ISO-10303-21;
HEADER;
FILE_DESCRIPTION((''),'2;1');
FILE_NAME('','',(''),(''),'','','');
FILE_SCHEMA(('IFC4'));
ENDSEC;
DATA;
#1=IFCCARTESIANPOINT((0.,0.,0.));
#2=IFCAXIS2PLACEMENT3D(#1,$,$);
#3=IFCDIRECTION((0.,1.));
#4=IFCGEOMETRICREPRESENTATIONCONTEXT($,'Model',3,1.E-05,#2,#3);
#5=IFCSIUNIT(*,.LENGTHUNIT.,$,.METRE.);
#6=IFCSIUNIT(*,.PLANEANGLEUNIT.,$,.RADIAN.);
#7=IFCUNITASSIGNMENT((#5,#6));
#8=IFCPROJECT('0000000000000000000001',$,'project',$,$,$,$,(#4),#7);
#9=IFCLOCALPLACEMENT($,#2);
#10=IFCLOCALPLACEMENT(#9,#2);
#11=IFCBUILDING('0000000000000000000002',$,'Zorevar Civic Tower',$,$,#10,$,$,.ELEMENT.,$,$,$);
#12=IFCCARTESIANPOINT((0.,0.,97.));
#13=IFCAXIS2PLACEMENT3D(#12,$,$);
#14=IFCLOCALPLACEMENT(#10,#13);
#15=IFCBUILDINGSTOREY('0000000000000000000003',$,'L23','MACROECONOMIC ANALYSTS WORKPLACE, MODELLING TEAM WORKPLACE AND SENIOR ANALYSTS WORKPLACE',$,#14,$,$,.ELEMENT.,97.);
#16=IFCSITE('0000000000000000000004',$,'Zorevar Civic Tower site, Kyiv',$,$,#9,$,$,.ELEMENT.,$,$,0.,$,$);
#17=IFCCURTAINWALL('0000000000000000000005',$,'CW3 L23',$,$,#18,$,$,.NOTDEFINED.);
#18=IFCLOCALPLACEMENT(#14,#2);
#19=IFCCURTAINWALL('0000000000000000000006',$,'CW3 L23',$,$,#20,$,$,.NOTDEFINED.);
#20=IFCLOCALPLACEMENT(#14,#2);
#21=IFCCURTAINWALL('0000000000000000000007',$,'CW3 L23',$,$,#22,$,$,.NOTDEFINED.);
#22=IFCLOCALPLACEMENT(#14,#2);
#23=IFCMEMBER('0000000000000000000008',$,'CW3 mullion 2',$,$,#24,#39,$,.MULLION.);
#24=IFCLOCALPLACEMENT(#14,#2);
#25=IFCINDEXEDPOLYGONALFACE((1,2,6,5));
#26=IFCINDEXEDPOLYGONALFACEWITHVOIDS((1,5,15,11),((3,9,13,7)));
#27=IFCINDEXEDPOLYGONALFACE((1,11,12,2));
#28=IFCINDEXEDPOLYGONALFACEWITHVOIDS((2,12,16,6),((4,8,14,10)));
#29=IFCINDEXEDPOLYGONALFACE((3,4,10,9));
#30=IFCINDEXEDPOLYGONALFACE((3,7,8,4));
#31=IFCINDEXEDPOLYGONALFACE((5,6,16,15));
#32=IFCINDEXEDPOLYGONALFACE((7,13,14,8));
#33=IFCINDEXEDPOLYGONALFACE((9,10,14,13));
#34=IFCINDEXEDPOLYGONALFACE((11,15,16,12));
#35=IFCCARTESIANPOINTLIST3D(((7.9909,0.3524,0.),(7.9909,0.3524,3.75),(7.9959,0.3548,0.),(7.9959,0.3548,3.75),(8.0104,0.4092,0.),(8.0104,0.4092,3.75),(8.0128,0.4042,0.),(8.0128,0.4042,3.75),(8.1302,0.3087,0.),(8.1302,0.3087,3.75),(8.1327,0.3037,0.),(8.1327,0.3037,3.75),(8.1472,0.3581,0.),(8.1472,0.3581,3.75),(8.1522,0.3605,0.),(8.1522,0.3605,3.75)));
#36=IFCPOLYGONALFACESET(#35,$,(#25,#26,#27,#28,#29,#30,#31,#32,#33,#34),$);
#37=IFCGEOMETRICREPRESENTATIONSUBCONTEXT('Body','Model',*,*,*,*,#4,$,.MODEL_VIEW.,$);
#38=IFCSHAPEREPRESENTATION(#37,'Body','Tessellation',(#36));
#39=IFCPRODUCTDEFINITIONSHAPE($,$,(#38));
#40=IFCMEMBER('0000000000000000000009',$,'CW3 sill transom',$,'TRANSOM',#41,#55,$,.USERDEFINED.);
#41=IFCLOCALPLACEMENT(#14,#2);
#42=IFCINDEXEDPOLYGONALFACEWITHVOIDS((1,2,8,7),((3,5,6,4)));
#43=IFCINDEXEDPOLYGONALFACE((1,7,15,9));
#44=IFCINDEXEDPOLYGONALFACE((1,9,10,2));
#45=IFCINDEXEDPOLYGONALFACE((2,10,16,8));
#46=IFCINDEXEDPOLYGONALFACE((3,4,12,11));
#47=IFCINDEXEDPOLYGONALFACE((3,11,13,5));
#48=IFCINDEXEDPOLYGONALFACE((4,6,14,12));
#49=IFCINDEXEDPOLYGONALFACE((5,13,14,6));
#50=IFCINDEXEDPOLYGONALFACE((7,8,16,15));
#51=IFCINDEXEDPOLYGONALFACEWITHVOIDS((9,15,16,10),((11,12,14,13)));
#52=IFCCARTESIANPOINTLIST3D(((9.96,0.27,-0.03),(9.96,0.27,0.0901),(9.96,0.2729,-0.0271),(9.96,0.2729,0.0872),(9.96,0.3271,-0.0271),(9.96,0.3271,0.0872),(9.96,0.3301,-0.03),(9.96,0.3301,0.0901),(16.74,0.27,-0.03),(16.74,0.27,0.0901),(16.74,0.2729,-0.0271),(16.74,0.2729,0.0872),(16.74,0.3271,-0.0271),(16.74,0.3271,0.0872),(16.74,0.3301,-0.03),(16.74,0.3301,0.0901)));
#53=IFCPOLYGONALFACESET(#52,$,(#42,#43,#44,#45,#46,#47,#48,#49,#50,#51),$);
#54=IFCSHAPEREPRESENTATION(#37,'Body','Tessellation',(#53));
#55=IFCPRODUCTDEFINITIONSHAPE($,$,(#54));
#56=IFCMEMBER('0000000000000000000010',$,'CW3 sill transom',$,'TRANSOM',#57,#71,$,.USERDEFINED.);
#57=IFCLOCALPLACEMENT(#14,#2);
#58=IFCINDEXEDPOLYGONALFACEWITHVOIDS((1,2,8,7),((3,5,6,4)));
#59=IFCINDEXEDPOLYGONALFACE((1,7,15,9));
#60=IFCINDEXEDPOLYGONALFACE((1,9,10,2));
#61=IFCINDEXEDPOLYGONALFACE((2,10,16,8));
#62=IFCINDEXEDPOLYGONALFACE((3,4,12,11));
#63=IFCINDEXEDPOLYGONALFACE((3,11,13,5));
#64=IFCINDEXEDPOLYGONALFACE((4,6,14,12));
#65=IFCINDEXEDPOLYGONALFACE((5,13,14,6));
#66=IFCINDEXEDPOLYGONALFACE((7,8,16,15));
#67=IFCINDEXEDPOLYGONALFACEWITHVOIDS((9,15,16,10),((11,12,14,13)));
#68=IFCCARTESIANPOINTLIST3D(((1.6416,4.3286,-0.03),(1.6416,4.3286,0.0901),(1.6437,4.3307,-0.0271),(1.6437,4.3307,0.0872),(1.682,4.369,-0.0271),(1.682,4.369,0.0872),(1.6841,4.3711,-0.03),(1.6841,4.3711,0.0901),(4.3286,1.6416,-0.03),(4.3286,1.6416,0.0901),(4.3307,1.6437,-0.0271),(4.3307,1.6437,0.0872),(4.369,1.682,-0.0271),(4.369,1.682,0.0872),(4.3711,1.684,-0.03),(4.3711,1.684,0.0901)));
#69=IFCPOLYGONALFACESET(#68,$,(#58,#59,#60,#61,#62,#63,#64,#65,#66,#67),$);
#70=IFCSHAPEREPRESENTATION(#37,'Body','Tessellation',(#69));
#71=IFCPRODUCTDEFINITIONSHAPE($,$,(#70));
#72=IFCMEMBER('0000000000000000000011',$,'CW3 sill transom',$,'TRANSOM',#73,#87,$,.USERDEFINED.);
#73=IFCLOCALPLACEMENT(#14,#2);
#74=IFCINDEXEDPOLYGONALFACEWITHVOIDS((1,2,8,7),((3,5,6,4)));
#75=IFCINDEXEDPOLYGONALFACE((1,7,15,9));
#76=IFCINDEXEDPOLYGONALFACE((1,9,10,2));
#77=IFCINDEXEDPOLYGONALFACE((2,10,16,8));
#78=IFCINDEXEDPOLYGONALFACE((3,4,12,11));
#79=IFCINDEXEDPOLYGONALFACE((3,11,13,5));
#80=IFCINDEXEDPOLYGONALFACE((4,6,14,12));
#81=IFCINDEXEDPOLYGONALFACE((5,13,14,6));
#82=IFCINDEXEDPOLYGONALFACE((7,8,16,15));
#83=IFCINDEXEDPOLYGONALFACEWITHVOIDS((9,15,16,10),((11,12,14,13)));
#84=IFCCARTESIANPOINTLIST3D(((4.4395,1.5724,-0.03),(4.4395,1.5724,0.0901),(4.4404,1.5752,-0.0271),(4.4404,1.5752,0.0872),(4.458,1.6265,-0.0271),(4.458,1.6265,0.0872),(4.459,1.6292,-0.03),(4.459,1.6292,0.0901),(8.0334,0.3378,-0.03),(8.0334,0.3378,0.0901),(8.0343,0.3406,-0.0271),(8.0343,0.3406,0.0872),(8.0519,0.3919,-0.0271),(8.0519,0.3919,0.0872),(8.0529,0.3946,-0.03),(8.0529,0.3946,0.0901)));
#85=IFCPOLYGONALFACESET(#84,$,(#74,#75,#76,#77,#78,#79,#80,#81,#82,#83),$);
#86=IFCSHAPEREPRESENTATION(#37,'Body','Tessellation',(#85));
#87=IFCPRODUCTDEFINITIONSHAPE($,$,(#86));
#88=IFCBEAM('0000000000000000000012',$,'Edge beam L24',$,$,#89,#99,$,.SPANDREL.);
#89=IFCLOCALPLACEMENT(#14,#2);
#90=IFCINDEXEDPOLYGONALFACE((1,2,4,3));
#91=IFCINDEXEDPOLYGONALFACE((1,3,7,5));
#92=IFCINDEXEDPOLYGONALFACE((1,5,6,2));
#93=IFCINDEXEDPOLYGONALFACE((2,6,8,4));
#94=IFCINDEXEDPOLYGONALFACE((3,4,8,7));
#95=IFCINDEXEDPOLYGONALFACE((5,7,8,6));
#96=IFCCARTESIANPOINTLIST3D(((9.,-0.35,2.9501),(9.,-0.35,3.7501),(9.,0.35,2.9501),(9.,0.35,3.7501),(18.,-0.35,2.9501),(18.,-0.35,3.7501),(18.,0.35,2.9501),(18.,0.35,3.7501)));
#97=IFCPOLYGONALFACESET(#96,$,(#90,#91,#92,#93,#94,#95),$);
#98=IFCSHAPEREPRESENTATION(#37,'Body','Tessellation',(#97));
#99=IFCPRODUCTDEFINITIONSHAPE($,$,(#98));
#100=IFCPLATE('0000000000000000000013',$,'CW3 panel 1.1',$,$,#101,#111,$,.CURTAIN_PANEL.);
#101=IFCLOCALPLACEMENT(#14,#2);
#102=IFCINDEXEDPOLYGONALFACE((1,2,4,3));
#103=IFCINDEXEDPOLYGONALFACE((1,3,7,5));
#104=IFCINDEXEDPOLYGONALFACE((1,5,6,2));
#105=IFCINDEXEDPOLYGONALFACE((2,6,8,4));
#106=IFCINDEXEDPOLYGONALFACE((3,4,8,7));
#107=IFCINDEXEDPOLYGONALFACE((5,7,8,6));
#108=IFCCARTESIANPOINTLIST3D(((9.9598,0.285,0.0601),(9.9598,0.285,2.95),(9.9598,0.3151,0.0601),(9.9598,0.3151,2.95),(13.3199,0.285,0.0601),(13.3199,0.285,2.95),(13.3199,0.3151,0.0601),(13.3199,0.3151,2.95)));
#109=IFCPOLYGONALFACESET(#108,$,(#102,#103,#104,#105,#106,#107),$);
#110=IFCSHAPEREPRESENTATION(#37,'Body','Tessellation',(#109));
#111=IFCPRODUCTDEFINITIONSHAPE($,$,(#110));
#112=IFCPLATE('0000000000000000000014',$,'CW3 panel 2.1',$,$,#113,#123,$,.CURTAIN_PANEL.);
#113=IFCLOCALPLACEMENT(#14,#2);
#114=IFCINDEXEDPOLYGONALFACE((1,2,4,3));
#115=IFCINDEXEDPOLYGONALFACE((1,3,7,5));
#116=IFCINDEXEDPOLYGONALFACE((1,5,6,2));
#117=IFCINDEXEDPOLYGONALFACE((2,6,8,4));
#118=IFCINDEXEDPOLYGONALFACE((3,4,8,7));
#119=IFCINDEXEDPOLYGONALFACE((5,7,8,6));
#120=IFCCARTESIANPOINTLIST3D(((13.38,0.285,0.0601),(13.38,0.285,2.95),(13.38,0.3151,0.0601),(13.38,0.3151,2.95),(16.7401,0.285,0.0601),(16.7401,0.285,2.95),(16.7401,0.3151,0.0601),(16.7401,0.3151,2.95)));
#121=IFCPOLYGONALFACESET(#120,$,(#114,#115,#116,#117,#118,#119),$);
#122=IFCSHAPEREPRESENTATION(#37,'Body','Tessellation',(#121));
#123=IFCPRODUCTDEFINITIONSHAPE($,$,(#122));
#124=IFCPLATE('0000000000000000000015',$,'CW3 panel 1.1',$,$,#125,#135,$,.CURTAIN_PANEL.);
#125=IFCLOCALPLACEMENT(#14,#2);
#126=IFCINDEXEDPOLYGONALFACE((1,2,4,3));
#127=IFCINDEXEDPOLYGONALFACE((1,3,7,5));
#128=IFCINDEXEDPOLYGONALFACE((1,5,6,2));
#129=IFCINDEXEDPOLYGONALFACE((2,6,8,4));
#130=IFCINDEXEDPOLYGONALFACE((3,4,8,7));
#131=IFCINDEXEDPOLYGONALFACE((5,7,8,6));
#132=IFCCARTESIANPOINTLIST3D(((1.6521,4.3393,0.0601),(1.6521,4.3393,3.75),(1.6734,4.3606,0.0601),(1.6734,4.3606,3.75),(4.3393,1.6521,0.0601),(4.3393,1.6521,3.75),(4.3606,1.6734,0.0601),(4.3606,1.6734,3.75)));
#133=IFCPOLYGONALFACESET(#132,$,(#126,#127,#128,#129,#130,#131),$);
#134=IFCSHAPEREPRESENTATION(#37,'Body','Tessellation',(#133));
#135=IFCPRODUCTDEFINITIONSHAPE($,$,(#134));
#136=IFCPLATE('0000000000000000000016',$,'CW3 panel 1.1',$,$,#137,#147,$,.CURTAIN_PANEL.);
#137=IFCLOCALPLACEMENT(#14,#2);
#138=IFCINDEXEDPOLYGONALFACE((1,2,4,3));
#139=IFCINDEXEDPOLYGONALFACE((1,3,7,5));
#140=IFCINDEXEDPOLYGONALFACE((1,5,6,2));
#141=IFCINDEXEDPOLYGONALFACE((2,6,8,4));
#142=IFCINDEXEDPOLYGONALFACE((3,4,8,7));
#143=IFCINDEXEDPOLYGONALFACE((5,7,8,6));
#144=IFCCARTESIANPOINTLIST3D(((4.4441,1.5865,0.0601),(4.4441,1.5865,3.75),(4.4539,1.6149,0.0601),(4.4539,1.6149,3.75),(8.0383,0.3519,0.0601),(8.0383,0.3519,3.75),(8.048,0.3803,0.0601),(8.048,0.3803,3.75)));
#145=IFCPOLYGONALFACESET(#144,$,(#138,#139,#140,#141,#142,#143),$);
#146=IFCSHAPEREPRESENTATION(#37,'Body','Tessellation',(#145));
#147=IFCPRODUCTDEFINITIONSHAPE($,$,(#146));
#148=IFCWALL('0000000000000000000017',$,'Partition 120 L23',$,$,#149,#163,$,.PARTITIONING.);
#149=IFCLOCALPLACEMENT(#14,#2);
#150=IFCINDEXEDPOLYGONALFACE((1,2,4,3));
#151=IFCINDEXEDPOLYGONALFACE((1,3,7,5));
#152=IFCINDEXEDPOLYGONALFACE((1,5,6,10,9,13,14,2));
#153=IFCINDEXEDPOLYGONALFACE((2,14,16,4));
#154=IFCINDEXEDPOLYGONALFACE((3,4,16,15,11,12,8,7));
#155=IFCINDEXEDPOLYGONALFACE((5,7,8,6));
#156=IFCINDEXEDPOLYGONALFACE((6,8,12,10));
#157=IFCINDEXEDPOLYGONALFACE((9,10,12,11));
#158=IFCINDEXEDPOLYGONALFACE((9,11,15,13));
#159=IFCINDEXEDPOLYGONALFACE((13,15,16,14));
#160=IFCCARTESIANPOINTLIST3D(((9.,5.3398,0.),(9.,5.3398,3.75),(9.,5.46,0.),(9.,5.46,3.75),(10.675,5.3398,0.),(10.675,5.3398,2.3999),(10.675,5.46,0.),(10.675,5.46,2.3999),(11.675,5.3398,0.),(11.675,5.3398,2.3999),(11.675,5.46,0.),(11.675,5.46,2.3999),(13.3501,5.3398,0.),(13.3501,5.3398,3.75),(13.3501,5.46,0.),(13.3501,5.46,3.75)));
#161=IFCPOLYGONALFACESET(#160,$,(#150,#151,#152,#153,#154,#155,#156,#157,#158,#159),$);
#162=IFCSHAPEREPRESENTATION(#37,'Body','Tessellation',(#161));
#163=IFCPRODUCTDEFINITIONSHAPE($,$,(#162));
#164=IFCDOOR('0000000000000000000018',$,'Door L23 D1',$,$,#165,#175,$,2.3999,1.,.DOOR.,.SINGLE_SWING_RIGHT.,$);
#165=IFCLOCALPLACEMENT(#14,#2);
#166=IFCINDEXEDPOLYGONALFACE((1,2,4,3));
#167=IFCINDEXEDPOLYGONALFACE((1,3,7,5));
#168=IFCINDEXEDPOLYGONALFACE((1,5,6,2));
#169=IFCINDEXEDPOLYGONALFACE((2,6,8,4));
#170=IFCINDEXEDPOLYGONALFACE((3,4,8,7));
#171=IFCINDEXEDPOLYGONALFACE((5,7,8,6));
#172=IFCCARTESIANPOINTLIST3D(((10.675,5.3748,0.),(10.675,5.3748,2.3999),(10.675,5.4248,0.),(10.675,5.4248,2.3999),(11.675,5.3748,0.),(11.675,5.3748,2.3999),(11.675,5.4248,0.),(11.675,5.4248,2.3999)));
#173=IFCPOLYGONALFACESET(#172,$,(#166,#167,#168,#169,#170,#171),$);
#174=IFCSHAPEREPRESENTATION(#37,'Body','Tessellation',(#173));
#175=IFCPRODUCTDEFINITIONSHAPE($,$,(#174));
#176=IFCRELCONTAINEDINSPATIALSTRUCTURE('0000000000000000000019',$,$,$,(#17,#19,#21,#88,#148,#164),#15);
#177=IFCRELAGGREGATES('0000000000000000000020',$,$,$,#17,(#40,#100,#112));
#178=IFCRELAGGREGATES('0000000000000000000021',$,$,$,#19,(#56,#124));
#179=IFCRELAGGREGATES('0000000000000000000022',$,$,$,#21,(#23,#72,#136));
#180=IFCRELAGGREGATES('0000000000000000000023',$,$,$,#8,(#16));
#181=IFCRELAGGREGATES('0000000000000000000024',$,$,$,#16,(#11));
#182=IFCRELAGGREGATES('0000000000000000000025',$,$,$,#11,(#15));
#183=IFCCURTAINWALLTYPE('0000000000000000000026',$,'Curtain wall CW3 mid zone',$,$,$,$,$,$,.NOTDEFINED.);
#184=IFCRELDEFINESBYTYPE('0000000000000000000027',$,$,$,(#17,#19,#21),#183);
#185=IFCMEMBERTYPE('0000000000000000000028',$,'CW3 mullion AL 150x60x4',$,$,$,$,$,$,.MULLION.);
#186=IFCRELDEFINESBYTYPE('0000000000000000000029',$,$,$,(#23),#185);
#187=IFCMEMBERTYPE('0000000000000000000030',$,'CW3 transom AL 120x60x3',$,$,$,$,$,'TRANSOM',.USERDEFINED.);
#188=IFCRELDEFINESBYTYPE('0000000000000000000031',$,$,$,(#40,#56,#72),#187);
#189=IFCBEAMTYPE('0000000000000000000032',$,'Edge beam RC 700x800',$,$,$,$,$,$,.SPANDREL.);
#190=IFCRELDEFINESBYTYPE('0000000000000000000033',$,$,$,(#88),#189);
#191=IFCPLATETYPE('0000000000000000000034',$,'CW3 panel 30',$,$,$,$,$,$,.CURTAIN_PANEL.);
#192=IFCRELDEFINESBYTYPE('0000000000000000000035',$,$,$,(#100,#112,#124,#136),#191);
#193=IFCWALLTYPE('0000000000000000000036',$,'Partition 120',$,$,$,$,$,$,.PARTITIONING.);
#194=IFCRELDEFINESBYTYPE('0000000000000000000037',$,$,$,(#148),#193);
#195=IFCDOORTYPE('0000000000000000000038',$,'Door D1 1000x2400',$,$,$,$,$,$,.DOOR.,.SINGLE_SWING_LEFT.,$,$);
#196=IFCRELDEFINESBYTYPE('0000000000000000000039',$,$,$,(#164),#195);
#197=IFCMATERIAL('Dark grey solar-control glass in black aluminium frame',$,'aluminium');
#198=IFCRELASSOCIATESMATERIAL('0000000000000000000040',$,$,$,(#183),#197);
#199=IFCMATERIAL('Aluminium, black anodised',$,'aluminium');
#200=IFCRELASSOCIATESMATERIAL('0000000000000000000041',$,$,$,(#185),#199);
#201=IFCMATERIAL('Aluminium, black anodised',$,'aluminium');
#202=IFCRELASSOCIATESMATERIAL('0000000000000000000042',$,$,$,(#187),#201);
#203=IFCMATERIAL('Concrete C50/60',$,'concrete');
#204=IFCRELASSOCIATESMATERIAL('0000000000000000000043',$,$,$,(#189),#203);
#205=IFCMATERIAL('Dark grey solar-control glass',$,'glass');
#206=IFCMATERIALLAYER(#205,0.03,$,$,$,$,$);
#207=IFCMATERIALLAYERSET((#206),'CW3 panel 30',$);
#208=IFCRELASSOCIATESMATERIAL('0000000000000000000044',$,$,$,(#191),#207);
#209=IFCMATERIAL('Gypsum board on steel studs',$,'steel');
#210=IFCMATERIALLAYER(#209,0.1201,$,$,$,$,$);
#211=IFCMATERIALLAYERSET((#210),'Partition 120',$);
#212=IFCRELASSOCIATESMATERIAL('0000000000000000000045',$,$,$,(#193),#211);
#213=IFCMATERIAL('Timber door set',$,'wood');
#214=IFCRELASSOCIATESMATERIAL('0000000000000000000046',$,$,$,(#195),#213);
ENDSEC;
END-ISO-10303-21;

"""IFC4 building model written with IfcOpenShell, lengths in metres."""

from ifc_helpers import new_model, si_unit, direction, frame, frame_2d, origin, origin_2d, place, context, subcontext, project, spatial, rectangle, hollow_rectangle, extrude, material, layer, layer_set, material_profile, profile_set, type_object, element, fill, aggregate, save


model = new_model("IFC4")

# Units and contexts
model_context = context("Model", 3, precision=1e-05, world=origin(), true_north=direction((0.0, 1.0)))
body_context = subcontext(model_context, "Body", "Model", "MODEL_VIEW")
ifc_project = project(units=[si_unit("LENGTHUNIT", "METRE"), si_unit("PLANEANGLEUNIT", "RADIAN")], contexts=[model_context])

# Site, building, storey
site_placement = place(None, origin())
site = spatial("IfcSite", under=ifc_project, at=site_placement, Name="Zorevar Civic Tower site, Kyiv", CompositionType="ELEMENT", RefElevation=0.0)
building_placement = place(site_placement, origin())
building = spatial("IfcBuilding", under=site, at=building_placement, Name="Zorevar Civic Tower", CompositionType="ELEMENT")
storey_placement = place(building_placement, frame((0.0, 0.0, 97.0)))
storey = spatial("IfcBuildingStorey", under=building, at=storey_placement, Name="L23", Description="MACROECONOMIC ANALYSTS WORKPLACE, MODELLING TEAM WORKPLACE AND SENIOR ANALYSTS WORKPLACE", CompositionType="ELEMENT", Elevation=97.0)

# Curtain walls, member
ifc_material_1 = material(Name="Dark grey solar-control glass in black aluminium frame", Category="aluminium")
curtain_wall_type = type_object("IfcCurtainWallType", Name="Curtain wall CW3 mid zone", PredefinedType="NOTDEFINED", material=ifc_material_1)
curtain_wall_1_placement = place(storey_placement, origin())
curtain_wall_1 = element("IfcCurtainWall", 1, at=curtain_wall_1_placement, inside=storey, type_object=curtain_wall_type, Name="CW3 L23", PredefinedType="NOTDEFINED")
ifc_material_2 = material(Name="Aluminium, black anodised", Category="aluminium")
ifc_material_profile_1 = material_profile(ifc_material_2, hollow_rectangle(XDim=0.0601, YDim=0.1499, WallThickness=0.0039, at=origin_2d()), Name="AL 150x60x4")
ifc_profile_set_1 = profile_set([ifc_material_profile_1], Name="Aluminium, black anodised")
member_type_1 = type_object("IfcMemberType", Name="CW3 mullion AL 150x60x4", PredefinedType="MULLION", material=ifc_profile_set_1)
curtain_wall_2_placement = place(storey_placement, origin())
curtain_wall_2 = element("IfcCurtainWall", 2, at=curtain_wall_2_placement, inside=storey, type_object=curtain_wall_type, Name="CW3 L23", PredefinedType="NOTDEFINED")
curtain_wall_3_placement = place(storey_placement, origin())
curtain_wall_3 = element("IfcCurtainWall", 3, at=curtain_wall_3_placement, inside=storey, type_object=curtain_wall_type, Name="CW3 L23", PredefinedType="NOTDEFINED")
member_1_placement = place(storey_placement, frame((8.0715, 0.3564, 0.0), z_axis=(0.0, 0.0, 1.0), x_axis=(0.324878, 0.945756, 0.0)))
member_1 = element("IfcMember", 4, at=member_1_placement, type_object=member_type_1, Name="CW3 mullion 2", PredefinedType="MULLION", context=body_context, shape_type="SweptSolid", body=[
    extrude(hollow_rectangle(XDim=0.0601, YDim=0.1499, WallThickness=0.0039, at=origin_2d()), origin(), (0.0, 0.0, 1.0), 3.75),
])

# Members
ifc_material_3 = material(Name="Aluminium, black anodised", Category="aluminium")
ifc_material_profile_2 = material_profile(ifc_material_3, hollow_rectangle(XDim=0.0601, YDim=0.1201, WallThickness=0.0029, at=origin_2d()), Name="AL 120x60x3")
ifc_profile_set_2 = profile_set([ifc_material_profile_2], Name="Aluminium, black anodised")
member_type_2 = type_object("IfcMemberType", Name="CW3 transom AL 120x60x3", ElementType="TRANSOM", PredefinedType="USERDEFINED", material=ifc_profile_set_2)
member_2_placement = place(storey_placement, frame((9.96, 0.3, 0.03), z_axis=(1.0, 0.0, 0.0), x_axis=(0.0, 1.0, 0.0)))
member_2 = element("IfcMember", 5, at=member_2_placement, type_object=member_type_2, Name="CW3 sill transom", ObjectType="TRANSOM", PredefinedType="USERDEFINED", context=body_context, shape_type="SweptSolid", body=[
    extrude(hollow_rectangle(XDim=0.0601, YDim=0.1201, WallThickness=0.0029, at=origin_2d()), origin(), (0.0, 0.0, 1.0), 6.78),
])
member_3_placement = place(storey_placement, frame((1.6628, 4.3499, 0.03), z_axis=(0.707107, -0.707107, 0.0), x_axis=(0.707107, 0.707107, 0.0)))
member_3 = element("IfcMember", 6, at=member_3_placement, type_object=member_type_2, Name="CW3 sill transom", ObjectType="TRANSOM", PredefinedType="USERDEFINED", context=body_context, shape_type="SweptSolid", body=[
    extrude(hollow_rectangle(XDim=0.0601, YDim=0.1201, WallThickness=0.0029, at=origin_2d()), origin(), (0.0, 0.0, 1.0), 3.8),
])
member_4_placement = place(storey_placement, frame((4.4492, 1.6008, 0.03), z_axis=(0.945753, -0.324888, 0.0), x_axis=(0.324888, 0.945753, 0.0)))
member_4 = element("IfcMember", 7, at=member_4_placement, type_object=member_type_2, Name="CW3 sill transom", ObjectType="TRANSOM", PredefinedType="USERDEFINED", context=body_context, shape_type="SweptSolid", body=[
    extrude(hollow_rectangle(XDim=0.0601, YDim=0.1201, WallThickness=0.0029, at=origin_2d()), origin(), (0.0, 0.0, 1.0), 3.8),
])

# Beam
ifc_material_4 = material(Name="Concrete C50/60", Category="concrete")
ifc_material_profile_3 = material_profile(ifc_material_4, rectangle(XDim=0.7, YDim=0.8, at=origin_2d()), Name="RC 700x800")
ifc_profile_set_3 = profile_set([ifc_material_profile_3], Name="Concrete C50/60")
beam_type_1 = type_object("IfcBeamType", Name="Edge beam RC 700x800", PredefinedType="SPANDREL", material=ifc_profile_set_3)
beam_1_placement = place(storey_placement, frame((9.0, 0.0, 3.3501), z_axis=(1.0, 0.0, 0.0), x_axis=(0.0, 1.0, 0.0)))
element("IfcBeam", 8, at=beam_1_placement, inside=storey, type_object=beam_type_1, Name="Edge beam L24", PredefinedType="SPANDREL", context=body_context, shape_type="SweptSolid", body=[
    extrude(rectangle(XDim=0.7, YDim=0.8, at=origin_2d()), origin(), (0.0, 0.0, 1.0), 9.0),
])

# Plates
ifc_material_5 = material(Name="Dark grey solar-control glass", Category="glass")
ifc_layer_1 = layer(ifc_material_5, 0.03)
ifc_layer_set_1 = layer_set([ifc_layer_1], Name="CW3 panel 30")
plate_type = type_object("IfcPlateType", Name="CW3 panel 30", PredefinedType="CURTAIN_PANEL", material=ifc_layer_set_1)
plate_1_placement = place(storey_placement, frame((11.6399, 0.3, 0.0601), z_axis=(0.0, 0.0, 1.0), x_axis=(1.0, 0.0, 0.0)))
plate_1 = element("IfcPlate", 9, at=plate_1_placement, type_object=plate_type, Name="CW3 panel 1.1", PredefinedType="CURTAIN_PANEL", context=body_context, shape_type="SweptSolid", body=[
    extrude(rectangle(XDim=3.3601, YDim=0.03, at=origin_2d()), origin(), (0.0, 0.0, 1.0), 2.8899),
])
plate_2_placement = place(storey_placement, frame((15.0601, 0.3, 0.0601), z_axis=(0.0, 0.0, 1.0), x_axis=(1.0, 0.0, 0.0)))
plate_2 = element("IfcPlate", 10, at=plate_2_placement, type_object=plate_type, Name="CW3 panel 2.1", PredefinedType="CURTAIN_PANEL", context=body_context, shape_type="SweptSolid", body=[
    extrude(rectangle(XDim=3.3601, YDim=0.03, at=origin_2d()), origin(), (0.0, 0.0, 1.0), 2.8899),
])
aggregate(curtain_wall_1, [member_2, plate_1, plate_2])
plate_3_placement = place(storey_placement, frame((3.0063, 3.0063, 0.0601), z_axis=(0.0, 0.0, 1.0), x_axis=(0.707107, -0.707107, 0.0)))
plate_3 = element("IfcPlate", 11, at=plate_3_placement, type_object=plate_type, Name="CW3 panel 1.1", PredefinedType="CURTAIN_PANEL", context=body_context, shape_type="SweptSolid", body=[
    extrude(rectangle(XDim=3.8003, YDim=0.03, at=origin_2d()), origin(), (0.0, 0.0, 1.0), 3.6899),
])
aggregate(curtain_wall_2, [member_3, plate_3])
plate_4_placement = place(storey_placement, frame((6.2461, 0.9834, 0.0601), z_axis=(0.0, 0.0, 1.0), x_axis=(0.945756, -0.324878, 0.0)))
plate_4 = element("IfcPlate", 12, at=plate_4_placement, type_object=plate_type, Name="CW3 panel 1.1", PredefinedType="CURTAIN_PANEL", context=body_context, shape_type="SweptSolid", body=[
    extrude(rectangle(XDim=3.8003, YDim=0.03, at=origin_2d()), origin(), (0.0, 0.0, 1.0), 3.6899),
])
aggregate(curtain_wall_3, [member_1, member_4, plate_4])

# Wall, opening, door
ifc_material_6 = material(Name="Gypsum board on steel studs", Category="steel")
ifc_layer_2 = layer(ifc_material_6, 0.1201)
ifc_layer_set_2 = layer_set([ifc_layer_2], Name="Partition 120")
wall_type = type_object("IfcWallType", Name="Partition 120", PredefinedType="PARTITIONING", material=ifc_layer_set_2)
wall_1_placement = place(storey_placement, frame((9.0, 5.3999, 0.0), z_axis=(0.0, 0.0, 1.0), x_axis=(1.0, 0.0, 0.0)))
wall_1 = element("IfcWall", 13, at=wall_1_placement, inside=storey, type_object=wall_type, Name="Partition 120 L23", PredefinedType="PARTITIONING", context=body_context, shape_type="SweptSolid", body=[
    extrude(rectangle(XDim=4.3501, YDim=0.1201, at=frame_2d((2.175, 0.0))), origin(), (0.0, 0.0, 1.0), 3.75),
])
opening_1_placement = place(wall_1_placement, frame((1.675, 0.0, 0.0)))
opening_1 = element("IfcOpeningElement", 14, at=opening_1_placement, cuts=wall_1, PredefinedType="OPENING", context=body_context, shape_type="SweptSolid", body=[
    extrude(rectangle(XDim=1.0, YDim=2.3999, at=frame_2d((0.5, 1.2))), frame((0.0, 0.0701, 0.0), z_axis=(0.0, -1.0, 0.0), x_axis=(1.0, 0.0, 0.0)), (0.0, 0.0, 1.0), 0.1401),
])
ifc_material_7 = material(Name="Timber door set", Category="wood")
door_type = type_object("IfcDoorType", Name="Door D1 1000x2400", OperationType="SINGLE_SWING_LEFT", PredefinedType="DOOR", material=ifc_material_7)
door_1_placement = place(opening_1_placement, origin())
door_1 = element("IfcDoor", 15, at=door_1_placement, inside=storey, type_object=door_type, Name="Door L23 D1", OperationType="SINGLE_SWING_RIGHT", OverallHeight=2.3999, OverallWidth=1.0, PredefinedType="DOOR", context=body_context, shape_type="SweptSolid", body=[
    extrude(rectangle(XDim=1.0, YDim=2.3999, at=frame_2d((0.5, 1.2))), frame((0.0, 0.0249, 0.0), z_axis=(0.0, -1.0, 0.0), x_axis=(1.0, 0.0, 0.0)), (0.0, 0.0, 1.0), 0.05),
])
fill(opening_1, door_1)

save(model, "model.ifc")
